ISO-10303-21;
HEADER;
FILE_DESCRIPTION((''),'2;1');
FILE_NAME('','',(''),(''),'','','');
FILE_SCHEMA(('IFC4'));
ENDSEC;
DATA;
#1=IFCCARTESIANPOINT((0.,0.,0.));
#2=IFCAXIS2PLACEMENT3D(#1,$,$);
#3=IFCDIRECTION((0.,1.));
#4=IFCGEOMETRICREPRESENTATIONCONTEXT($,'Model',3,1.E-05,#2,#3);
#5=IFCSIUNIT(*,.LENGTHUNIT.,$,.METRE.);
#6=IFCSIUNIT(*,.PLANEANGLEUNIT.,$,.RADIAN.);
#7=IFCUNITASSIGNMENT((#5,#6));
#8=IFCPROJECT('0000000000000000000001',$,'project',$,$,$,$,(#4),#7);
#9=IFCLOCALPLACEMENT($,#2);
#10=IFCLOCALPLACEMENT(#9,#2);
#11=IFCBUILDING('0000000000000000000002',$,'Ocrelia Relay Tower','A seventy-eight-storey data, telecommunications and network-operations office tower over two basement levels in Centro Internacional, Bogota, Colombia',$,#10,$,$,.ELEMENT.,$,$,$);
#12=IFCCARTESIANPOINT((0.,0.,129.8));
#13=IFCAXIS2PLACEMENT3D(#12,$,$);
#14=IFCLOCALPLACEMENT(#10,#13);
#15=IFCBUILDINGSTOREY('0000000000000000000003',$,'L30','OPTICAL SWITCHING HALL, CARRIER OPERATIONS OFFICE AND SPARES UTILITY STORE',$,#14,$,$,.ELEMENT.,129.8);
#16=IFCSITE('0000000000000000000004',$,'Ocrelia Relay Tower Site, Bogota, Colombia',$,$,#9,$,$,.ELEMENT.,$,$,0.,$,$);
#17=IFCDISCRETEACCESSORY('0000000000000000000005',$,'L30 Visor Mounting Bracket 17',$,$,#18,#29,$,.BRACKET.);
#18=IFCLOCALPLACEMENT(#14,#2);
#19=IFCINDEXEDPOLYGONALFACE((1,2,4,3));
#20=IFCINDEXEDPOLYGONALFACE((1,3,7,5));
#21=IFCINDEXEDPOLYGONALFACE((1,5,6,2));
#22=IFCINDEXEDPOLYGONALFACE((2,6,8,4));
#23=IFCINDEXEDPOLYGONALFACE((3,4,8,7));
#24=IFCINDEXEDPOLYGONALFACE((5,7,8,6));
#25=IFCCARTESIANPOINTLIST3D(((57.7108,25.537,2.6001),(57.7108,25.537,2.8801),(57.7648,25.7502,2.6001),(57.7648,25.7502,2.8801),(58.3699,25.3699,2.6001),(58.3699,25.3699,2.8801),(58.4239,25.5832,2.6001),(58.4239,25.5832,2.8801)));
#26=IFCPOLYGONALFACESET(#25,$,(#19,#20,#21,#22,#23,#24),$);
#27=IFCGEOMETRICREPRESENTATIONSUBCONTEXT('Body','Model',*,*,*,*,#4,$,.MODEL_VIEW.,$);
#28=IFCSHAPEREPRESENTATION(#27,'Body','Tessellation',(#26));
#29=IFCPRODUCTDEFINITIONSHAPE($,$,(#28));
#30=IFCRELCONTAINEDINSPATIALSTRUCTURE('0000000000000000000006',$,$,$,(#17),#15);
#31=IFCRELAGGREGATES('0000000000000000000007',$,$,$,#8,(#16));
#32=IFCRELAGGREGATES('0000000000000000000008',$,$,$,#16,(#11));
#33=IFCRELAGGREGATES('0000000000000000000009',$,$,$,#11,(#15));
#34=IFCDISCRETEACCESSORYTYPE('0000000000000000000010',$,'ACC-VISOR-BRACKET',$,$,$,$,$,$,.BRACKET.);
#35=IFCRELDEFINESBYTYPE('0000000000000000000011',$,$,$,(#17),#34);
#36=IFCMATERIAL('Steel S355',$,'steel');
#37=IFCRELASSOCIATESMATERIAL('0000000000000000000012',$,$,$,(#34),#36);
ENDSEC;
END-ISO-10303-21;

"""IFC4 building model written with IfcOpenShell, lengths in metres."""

from ifc_helpers import new_model, si_unit, direction, frame, origin, origin_2d, place, context, subcontext, project, spatial, rectangle, extrude, material, type_object, element, save


model = new_model("IFC4")

# Units and contexts
model_context = context("Model", 3, precision=1e-05, world=origin(), true_north=direction((0.0, 1.0)))
body_context = subcontext(model_context, "Body", "Model", "MODEL_VIEW")
ifc_project = project(units=[si_unit("LENGTHUNIT", "METRE"), si_unit("PLANEANGLEUNIT", "RADIAN")], contexts=[model_context])

# Site, building, storey
site_placement = place(None, origin())
site = spatial("IfcSite", under=ifc_project, at=site_placement, Name="Ocrelia Relay Tower Site, Bogota, Colombia", CompositionType="ELEMENT", RefElevation=0.0)
building_placement = place(site_placement, origin())
building = spatial("IfcBuilding", under=site, at=building_placement, Name="Ocrelia Relay Tower", Description="A seventy-eight-storey data, telecommunications and network-operations office tower over two basement levels in Centro Internacional, Bogota, Colombia", CompositionType="ELEMENT")
storey_placement = place(building_placement, frame((0.0, 0.0, 129.8)))
storey = spatial("IfcBuildingStorey", under=building, at=storey_placement, Name="L30", Description="OPTICAL SWITCHING HALL, CARRIER OPERATIONS OFFICE AND SPARES UTILITY STORE", CompositionType="ELEMENT", Elevation=129.8)

# Shared definitions
ifc_material_1 = material(Name="Steel S355", Category="steel")

# Discrete accessory
discrete_accessory_type = type_object("IfcDiscreteAccessoryType", Name="ACC-VISOR-BRACKET", PredefinedType="BRACKET", material=ifc_material_1)
for number, where, z_axis, x_axis, name in (
    (1, (58.0674, 25.5601, 2.6001), (0.0, 0.0, 1.0), (0.245635, 0.969362, 0.0), "L30 Visor Mounting Bracket 17"),
):
    element("IfcDiscreteAccessory", number, at=place(storey_placement, frame(where, z_axis=z_axis, x_axis=x_axis)), inside=storey, type_object=discrete_accessory_type, Name=name, PredefinedType="BRACKET", context=body_context, shape_type="SweptSolid", body=[
        extrude(rectangle(XDim=0.22, YDim=0.6799, at=origin_2d()), origin(), (0.0, 0.0, 1.0), 0.28),
    ])

save(model, "model.ifc")
